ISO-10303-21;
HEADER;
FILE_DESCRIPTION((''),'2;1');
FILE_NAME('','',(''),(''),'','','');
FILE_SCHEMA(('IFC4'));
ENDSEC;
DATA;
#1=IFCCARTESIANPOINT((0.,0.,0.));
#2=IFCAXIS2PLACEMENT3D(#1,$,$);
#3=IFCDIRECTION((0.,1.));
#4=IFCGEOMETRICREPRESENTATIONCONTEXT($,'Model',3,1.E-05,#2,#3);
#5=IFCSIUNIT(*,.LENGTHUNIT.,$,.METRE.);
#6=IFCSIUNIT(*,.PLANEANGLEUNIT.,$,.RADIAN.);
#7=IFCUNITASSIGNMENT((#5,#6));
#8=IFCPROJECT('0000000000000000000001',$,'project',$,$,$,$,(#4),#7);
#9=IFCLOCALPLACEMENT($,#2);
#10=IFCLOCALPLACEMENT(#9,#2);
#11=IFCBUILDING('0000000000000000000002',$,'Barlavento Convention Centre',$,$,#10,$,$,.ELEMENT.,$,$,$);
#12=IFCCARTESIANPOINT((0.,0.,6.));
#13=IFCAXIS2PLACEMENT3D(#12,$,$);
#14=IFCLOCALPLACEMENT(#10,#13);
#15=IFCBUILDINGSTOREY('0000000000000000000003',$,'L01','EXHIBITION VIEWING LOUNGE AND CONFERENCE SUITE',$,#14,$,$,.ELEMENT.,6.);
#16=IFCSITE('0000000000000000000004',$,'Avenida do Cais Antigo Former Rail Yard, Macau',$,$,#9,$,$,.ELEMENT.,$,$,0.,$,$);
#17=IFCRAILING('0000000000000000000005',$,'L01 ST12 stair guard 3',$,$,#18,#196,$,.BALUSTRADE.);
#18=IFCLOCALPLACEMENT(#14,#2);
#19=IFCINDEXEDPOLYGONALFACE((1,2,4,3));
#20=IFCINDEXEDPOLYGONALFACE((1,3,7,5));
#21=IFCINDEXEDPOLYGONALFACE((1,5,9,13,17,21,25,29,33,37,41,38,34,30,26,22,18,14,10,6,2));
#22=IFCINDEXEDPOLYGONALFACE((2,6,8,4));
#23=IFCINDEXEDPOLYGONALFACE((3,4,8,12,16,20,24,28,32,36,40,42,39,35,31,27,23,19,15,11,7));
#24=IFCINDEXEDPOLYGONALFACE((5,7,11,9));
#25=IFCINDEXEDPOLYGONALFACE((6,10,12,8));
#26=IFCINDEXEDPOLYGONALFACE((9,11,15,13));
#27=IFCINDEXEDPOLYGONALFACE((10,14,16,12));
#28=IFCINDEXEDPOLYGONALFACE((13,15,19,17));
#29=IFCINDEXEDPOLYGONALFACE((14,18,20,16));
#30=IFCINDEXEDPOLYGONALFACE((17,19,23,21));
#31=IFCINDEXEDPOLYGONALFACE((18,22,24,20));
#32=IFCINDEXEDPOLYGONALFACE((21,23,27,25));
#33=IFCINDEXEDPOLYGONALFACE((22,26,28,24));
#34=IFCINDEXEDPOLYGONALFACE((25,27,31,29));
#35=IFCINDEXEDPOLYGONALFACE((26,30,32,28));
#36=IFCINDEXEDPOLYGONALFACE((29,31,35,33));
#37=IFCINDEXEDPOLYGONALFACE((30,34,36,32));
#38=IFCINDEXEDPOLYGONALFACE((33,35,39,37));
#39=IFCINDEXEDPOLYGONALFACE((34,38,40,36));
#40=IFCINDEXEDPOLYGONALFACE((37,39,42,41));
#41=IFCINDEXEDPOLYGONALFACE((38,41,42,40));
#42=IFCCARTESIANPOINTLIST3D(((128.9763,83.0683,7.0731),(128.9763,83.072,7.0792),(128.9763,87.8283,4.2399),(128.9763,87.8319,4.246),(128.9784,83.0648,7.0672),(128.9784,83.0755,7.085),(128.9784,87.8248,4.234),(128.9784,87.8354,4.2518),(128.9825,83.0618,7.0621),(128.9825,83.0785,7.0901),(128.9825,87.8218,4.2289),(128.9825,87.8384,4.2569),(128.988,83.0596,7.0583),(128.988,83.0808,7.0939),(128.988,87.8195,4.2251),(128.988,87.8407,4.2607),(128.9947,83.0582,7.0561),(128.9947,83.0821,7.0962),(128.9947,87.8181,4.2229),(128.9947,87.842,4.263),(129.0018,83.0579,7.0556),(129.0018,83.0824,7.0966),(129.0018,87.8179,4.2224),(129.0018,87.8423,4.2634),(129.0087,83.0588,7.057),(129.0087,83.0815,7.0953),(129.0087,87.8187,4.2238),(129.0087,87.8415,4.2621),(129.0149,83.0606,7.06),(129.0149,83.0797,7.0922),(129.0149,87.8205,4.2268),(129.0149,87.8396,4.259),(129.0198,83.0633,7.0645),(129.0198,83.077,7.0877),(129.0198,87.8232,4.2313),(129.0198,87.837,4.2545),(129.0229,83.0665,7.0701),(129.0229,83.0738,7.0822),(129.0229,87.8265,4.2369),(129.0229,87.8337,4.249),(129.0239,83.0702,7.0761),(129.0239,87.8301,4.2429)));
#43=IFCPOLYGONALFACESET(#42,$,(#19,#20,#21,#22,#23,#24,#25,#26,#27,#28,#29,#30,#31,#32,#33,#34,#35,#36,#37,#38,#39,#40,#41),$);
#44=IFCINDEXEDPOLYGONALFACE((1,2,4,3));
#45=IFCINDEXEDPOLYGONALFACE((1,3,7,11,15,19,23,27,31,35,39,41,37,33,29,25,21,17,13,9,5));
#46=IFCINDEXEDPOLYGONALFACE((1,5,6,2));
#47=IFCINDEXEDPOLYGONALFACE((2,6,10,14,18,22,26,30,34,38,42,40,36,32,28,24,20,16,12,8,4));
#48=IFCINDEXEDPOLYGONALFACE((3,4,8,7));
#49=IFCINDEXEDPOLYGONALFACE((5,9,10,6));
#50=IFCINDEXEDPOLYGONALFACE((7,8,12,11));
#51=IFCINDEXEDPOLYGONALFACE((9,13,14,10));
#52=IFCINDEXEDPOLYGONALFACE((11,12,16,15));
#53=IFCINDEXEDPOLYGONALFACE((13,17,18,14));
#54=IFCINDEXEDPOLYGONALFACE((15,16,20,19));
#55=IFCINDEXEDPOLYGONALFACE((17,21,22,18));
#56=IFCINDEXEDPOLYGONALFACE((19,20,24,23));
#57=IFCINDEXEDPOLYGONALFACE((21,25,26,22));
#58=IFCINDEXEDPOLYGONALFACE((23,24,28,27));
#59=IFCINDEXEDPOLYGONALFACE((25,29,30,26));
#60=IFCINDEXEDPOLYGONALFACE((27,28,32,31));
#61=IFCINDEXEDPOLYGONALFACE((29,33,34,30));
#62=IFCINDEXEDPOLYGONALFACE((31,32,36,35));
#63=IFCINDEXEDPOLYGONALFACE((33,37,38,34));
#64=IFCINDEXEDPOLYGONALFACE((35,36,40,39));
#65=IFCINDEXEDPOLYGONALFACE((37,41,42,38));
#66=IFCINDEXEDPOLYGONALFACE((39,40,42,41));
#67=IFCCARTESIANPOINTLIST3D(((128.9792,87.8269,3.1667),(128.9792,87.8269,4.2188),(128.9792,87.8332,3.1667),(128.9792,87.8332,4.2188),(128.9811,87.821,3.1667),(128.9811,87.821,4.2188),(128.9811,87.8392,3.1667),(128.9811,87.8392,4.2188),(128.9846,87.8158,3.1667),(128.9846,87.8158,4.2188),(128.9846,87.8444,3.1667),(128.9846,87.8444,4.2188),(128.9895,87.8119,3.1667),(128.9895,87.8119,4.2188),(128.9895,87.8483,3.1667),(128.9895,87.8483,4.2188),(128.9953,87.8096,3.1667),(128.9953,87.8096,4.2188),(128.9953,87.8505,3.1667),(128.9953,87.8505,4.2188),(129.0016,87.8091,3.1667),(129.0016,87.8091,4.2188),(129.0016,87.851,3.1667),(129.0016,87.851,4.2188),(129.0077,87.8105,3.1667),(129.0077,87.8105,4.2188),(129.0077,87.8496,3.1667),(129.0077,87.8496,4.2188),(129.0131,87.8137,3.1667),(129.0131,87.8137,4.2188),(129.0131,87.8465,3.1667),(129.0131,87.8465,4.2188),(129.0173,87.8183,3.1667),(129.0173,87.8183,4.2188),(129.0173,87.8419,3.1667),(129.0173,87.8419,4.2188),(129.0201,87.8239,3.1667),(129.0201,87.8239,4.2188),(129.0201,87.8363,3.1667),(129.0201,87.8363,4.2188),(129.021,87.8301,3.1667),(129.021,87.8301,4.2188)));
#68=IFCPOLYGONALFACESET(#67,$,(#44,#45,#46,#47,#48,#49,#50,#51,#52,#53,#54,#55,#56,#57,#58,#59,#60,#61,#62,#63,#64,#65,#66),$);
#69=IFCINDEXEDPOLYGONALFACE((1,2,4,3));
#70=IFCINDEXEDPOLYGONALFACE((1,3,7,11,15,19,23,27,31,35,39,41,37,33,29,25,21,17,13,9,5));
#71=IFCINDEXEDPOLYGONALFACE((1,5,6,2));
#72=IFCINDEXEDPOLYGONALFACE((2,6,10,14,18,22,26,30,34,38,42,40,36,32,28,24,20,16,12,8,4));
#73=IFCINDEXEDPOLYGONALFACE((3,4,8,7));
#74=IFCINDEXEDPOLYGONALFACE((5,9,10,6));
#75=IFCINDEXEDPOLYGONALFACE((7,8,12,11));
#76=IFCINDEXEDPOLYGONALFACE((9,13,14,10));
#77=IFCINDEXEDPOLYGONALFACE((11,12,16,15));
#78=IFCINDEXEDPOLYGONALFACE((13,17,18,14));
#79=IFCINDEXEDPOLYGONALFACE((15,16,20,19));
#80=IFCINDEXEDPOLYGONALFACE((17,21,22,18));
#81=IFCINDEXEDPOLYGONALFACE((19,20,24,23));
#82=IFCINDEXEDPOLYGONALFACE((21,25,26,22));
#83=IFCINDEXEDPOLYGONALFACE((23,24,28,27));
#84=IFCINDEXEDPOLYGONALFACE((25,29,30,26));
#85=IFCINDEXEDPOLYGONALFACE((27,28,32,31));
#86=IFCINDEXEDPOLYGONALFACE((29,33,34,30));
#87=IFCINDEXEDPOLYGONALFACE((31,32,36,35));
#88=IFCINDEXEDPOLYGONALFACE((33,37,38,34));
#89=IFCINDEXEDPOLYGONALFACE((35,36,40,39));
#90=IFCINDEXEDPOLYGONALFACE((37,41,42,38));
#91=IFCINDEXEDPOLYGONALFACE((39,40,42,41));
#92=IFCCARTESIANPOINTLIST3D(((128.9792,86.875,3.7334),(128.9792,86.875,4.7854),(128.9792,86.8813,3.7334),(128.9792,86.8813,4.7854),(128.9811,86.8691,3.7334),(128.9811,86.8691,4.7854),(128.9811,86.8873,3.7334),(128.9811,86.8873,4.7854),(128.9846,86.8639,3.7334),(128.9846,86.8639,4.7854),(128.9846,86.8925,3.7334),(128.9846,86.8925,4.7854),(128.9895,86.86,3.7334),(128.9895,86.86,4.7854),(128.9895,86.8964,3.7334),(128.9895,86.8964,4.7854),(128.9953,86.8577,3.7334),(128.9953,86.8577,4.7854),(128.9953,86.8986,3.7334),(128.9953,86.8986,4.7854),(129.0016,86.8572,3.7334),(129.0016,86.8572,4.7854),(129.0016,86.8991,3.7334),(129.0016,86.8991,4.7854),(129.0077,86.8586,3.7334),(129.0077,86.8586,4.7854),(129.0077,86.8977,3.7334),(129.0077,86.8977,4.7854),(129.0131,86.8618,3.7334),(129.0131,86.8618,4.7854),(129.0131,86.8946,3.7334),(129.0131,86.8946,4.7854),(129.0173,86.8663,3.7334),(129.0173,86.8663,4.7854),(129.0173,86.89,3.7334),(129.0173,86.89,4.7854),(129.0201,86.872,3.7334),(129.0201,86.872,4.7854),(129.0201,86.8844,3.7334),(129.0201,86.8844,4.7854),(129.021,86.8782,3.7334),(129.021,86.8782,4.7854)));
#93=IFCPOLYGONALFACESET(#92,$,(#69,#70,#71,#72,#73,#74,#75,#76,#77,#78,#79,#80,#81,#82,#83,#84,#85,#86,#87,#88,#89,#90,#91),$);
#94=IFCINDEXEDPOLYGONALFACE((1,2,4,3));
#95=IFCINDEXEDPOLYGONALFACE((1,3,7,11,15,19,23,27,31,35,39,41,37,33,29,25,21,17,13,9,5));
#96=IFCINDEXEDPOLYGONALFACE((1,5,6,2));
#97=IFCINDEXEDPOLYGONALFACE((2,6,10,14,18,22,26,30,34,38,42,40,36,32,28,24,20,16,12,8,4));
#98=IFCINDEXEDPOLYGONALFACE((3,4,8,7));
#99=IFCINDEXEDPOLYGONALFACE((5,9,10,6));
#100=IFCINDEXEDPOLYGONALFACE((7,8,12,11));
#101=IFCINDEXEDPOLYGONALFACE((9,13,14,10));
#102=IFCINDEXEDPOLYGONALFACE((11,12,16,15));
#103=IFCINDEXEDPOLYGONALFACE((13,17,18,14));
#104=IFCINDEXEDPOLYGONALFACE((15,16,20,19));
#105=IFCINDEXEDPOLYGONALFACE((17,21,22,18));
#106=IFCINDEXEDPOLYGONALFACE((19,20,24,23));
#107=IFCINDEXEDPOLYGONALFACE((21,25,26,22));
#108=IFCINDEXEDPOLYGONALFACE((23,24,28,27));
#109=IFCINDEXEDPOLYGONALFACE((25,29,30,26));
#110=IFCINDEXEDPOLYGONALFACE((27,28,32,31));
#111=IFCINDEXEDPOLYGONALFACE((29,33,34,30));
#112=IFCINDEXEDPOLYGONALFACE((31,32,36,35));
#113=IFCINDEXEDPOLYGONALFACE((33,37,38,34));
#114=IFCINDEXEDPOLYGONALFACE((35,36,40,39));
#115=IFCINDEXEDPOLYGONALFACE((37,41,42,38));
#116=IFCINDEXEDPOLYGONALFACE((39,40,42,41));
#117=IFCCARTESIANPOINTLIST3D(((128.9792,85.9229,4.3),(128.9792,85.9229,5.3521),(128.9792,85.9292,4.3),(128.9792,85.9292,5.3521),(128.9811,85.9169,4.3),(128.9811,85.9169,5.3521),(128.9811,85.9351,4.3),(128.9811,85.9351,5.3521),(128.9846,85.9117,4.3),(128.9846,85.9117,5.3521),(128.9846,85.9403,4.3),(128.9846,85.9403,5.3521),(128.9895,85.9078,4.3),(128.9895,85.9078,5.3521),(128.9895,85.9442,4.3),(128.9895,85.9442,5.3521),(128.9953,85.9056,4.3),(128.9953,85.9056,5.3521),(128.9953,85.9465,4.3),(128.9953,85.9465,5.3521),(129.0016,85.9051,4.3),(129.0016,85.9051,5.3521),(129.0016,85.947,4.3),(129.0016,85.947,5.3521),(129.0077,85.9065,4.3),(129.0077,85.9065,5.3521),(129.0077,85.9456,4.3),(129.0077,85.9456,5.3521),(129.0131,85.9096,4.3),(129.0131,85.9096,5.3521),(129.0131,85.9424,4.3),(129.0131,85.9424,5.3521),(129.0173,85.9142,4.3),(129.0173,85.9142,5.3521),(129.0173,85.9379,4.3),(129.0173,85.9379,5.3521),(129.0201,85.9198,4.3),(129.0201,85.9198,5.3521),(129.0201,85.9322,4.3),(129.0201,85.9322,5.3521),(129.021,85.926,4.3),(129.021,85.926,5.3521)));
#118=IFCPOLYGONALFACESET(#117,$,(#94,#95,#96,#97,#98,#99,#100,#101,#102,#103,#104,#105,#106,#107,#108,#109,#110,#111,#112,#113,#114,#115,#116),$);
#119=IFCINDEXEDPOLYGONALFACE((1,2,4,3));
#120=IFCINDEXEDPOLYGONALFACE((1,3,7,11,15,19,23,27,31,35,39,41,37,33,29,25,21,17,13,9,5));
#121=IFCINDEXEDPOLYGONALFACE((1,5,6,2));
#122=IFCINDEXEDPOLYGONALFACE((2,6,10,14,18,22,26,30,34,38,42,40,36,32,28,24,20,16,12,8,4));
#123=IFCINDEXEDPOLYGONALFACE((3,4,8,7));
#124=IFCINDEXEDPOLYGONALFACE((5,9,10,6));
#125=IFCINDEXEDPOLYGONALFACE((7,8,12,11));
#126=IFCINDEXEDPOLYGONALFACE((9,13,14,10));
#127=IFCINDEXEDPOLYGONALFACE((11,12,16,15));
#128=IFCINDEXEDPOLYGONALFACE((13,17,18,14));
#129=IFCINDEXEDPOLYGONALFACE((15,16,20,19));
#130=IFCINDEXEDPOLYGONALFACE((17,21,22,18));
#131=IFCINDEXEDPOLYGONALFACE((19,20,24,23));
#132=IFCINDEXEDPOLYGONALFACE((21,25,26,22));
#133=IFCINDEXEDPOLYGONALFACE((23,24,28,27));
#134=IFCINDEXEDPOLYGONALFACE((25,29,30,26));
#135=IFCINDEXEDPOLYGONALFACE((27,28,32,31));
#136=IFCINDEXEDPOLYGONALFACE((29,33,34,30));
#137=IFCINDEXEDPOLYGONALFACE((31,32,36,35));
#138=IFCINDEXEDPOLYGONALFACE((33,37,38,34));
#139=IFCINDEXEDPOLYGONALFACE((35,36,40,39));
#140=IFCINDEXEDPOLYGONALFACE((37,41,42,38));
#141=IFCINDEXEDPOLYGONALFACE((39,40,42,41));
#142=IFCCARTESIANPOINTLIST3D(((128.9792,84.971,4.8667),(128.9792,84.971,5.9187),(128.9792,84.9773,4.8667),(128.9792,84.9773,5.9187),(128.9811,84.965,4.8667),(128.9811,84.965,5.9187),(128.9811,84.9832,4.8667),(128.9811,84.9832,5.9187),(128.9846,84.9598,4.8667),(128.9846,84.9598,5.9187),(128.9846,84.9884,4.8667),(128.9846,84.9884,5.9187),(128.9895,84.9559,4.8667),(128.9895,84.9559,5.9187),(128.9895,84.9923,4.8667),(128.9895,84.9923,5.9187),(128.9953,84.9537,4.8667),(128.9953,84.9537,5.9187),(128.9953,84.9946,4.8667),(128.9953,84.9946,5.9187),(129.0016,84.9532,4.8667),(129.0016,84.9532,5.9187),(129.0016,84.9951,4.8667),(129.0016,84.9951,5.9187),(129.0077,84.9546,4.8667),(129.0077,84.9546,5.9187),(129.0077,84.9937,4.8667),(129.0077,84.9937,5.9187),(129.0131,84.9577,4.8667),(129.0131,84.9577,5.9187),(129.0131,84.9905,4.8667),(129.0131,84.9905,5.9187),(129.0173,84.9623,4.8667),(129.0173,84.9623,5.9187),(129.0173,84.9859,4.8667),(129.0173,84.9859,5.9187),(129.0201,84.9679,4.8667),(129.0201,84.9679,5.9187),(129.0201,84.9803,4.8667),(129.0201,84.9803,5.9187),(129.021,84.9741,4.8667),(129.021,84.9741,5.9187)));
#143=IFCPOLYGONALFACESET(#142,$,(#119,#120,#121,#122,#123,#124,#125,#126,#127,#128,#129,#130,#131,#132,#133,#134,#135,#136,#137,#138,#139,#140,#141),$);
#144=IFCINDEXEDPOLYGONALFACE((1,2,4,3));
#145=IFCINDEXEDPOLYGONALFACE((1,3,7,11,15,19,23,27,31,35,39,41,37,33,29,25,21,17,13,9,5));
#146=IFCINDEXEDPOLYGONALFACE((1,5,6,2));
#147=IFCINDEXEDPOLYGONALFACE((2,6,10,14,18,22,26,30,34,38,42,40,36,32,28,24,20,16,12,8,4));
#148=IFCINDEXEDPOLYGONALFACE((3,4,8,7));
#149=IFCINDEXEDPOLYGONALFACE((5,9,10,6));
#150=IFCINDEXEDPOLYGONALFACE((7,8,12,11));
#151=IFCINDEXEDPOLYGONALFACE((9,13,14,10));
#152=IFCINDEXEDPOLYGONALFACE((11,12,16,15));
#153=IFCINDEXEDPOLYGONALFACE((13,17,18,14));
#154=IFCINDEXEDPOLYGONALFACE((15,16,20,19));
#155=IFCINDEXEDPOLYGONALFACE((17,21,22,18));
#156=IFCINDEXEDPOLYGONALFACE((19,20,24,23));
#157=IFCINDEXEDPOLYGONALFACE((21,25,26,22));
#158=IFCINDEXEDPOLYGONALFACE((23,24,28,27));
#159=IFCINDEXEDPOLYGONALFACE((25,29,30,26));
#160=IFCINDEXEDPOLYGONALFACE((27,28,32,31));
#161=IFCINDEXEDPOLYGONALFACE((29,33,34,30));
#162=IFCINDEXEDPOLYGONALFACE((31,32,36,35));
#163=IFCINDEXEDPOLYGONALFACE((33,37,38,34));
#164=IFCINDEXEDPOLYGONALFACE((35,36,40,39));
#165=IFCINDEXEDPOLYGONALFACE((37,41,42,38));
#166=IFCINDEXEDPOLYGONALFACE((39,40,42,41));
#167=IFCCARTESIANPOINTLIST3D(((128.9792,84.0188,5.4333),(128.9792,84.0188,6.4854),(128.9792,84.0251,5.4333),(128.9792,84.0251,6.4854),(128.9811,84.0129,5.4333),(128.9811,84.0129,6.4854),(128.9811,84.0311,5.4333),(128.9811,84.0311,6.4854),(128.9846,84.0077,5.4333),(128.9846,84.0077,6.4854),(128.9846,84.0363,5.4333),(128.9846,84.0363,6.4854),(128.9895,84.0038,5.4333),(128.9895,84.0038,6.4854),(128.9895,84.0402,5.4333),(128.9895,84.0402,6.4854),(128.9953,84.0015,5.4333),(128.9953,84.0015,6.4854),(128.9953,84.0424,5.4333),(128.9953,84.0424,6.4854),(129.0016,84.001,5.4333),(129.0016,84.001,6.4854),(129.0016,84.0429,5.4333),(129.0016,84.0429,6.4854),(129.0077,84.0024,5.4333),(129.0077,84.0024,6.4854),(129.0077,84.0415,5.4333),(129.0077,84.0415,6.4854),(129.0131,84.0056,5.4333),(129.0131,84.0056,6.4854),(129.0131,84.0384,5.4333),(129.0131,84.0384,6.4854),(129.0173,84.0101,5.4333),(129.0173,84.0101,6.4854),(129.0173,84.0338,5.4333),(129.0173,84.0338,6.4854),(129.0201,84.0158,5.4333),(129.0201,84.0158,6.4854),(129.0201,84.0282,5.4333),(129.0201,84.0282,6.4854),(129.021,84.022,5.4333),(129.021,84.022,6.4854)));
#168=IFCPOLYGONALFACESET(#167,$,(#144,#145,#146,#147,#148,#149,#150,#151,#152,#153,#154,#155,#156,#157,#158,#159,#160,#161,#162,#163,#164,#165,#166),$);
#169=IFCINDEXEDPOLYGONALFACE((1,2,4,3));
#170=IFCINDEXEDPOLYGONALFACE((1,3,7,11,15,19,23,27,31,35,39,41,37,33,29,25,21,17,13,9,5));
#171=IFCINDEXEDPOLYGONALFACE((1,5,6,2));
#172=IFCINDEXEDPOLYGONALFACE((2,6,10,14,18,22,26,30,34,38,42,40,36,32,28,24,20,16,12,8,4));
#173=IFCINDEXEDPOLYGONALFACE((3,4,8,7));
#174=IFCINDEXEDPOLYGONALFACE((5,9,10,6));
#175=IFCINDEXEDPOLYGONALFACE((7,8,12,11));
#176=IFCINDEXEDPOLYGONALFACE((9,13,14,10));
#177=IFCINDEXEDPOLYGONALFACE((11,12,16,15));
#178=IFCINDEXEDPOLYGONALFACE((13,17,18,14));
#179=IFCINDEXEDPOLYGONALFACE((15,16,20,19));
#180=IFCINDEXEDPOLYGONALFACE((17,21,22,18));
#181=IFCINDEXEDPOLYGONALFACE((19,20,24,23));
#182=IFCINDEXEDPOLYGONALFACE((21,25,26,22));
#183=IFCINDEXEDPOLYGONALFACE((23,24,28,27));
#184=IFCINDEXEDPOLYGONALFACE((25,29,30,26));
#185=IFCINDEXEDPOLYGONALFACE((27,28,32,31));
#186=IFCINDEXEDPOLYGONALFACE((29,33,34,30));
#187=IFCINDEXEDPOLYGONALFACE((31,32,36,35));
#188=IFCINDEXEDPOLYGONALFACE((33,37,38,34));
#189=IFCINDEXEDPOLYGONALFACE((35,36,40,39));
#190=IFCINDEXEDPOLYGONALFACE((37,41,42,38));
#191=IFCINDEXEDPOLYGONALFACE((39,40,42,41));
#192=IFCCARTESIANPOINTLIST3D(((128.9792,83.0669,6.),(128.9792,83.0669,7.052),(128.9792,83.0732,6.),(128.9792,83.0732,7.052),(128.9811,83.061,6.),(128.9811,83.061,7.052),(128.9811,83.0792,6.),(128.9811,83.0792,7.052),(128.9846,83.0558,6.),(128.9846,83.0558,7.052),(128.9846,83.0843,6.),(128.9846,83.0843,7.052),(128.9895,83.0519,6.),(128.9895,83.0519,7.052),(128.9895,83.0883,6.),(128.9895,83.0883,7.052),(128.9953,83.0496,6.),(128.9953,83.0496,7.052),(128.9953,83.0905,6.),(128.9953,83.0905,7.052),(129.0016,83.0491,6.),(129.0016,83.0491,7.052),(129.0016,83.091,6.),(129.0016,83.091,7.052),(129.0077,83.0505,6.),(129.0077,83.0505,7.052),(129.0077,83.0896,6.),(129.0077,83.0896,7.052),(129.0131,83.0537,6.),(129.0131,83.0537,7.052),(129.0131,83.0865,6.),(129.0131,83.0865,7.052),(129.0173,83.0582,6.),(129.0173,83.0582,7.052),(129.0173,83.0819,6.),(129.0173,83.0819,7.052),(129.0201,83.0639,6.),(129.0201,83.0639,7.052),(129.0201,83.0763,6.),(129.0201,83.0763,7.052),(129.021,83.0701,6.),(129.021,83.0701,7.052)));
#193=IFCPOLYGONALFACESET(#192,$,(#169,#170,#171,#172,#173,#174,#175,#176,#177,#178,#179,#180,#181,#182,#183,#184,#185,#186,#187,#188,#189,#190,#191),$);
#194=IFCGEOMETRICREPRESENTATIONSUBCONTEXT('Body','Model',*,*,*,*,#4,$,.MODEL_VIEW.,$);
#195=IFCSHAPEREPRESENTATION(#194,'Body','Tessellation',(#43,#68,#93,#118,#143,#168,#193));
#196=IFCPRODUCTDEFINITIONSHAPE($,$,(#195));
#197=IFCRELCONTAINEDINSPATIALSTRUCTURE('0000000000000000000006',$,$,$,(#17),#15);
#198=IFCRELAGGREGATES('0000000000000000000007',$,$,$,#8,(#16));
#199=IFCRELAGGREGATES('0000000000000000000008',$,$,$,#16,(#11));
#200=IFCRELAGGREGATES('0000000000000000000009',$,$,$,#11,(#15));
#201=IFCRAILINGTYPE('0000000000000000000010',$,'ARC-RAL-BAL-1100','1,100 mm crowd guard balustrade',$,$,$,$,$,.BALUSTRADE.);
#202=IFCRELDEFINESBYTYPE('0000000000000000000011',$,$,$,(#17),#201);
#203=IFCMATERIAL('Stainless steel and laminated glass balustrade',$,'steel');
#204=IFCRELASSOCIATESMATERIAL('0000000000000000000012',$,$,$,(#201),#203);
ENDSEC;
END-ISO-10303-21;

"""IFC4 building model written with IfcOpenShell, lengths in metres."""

from ifc_helpers import new_model, si_unit, direction, frame, origin, origin_2d, place, context, subcontext, project, spatial, circle, extrude, material, type_object, element, save


model = new_model("IFC4")

# Units and contexts
model_context = context("Model", 3, precision=1e-05, world=origin(), true_north=direction((0.0, 1.0)))
body_context = subcontext(model_context, "Body", "Model", "MODEL_VIEW")
ifc_project = project(units=[si_unit("LENGTHUNIT", "METRE"), si_unit("PLANEANGLEUNIT", "RADIAN")], contexts=[model_context])

# Site, building, storey
site_placement = place(None, origin())
site = spatial("IfcSite", under=ifc_project, at=site_placement, Name="Avenida do Cais Antigo Former Rail Yard, Macau", CompositionType="ELEMENT", RefElevation=0.0)
building_placement = place(site_placement, origin())
building = spatial("IfcBuilding", under=site, at=building_placement, Name="Barlavento Convention Centre", CompositionType="ELEMENT")
storey_placement = place(building_placement, frame((0.0, 0.0, 6.0)))
storey = spatial("IfcBuildingStorey", under=building, at=storey_placement, Name="L01", Description="EXHIBITION VIEWING LOUNGE AND CONFERENCE SUITE", CompositionType="ELEMENT", Elevation=6.0)

# Railing
ifc_material_1 = material(Name="Stainless steel and laminated glass balustrade", Category="steel")
railing_type_1 = type_object("IfcRailingType", Name="ARC-RAL-BAL-1100", Description="1,100 mm crowd guard balustrade", PredefinedType="BALUSTRADE", material=ifc_material_1)
railing_1_placement = place(storey_placement, frame((129.0, 87.8301, 3.1667)))
element("IfcRailing", 1, at=railing_1_placement, inside=storey, type_object=railing_type_1, Name="L01 ST12 stair guard 3", PredefinedType="BALUSTRADE", context=body_context, shape_type="SweptSolid", body=[
    extrude(circle(Radius=0.0239, at=origin_2d()), frame((0.0, 0.0, 1.0762), z_axis=(0.0, -0.8593, 0.511472), x_axis=(1.0, 0.0, 0.0)), (0.0, 0.0, 1.0), 5.5393),
    extrude(circle(Radius=0.021, at=origin_2d()), origin(), (0.0, 0.0, 1.0), 1.052),
    extrude(circle(Radius=0.021, at=origin_2d()), frame((0.0, -0.9519, 0.5667)), (0.0, 0.0, 1.0), 1.052),
    extrude(circle(Radius=0.021, at=origin_2d()), frame((0.0, -1.9041, 1.1333)), (0.0, 0.0, 1.0), 1.052),
    extrude(circle(Radius=0.021, at=origin_2d()), frame((0.0, -2.856, 1.7)), (0.0, 0.0, 1.0), 1.052),
    extrude(circle(Radius=0.021, at=origin_2d()), frame((0.0, -3.8081, 2.2666)), (0.0, 0.0, 1.0), 1.052),
    extrude(circle(Radius=0.021, at=origin_2d()), frame((0.0, -4.76, 2.8333)), (0.0, 0.0, 1.0), 1.052),
])

save(model, "model.ifc")
